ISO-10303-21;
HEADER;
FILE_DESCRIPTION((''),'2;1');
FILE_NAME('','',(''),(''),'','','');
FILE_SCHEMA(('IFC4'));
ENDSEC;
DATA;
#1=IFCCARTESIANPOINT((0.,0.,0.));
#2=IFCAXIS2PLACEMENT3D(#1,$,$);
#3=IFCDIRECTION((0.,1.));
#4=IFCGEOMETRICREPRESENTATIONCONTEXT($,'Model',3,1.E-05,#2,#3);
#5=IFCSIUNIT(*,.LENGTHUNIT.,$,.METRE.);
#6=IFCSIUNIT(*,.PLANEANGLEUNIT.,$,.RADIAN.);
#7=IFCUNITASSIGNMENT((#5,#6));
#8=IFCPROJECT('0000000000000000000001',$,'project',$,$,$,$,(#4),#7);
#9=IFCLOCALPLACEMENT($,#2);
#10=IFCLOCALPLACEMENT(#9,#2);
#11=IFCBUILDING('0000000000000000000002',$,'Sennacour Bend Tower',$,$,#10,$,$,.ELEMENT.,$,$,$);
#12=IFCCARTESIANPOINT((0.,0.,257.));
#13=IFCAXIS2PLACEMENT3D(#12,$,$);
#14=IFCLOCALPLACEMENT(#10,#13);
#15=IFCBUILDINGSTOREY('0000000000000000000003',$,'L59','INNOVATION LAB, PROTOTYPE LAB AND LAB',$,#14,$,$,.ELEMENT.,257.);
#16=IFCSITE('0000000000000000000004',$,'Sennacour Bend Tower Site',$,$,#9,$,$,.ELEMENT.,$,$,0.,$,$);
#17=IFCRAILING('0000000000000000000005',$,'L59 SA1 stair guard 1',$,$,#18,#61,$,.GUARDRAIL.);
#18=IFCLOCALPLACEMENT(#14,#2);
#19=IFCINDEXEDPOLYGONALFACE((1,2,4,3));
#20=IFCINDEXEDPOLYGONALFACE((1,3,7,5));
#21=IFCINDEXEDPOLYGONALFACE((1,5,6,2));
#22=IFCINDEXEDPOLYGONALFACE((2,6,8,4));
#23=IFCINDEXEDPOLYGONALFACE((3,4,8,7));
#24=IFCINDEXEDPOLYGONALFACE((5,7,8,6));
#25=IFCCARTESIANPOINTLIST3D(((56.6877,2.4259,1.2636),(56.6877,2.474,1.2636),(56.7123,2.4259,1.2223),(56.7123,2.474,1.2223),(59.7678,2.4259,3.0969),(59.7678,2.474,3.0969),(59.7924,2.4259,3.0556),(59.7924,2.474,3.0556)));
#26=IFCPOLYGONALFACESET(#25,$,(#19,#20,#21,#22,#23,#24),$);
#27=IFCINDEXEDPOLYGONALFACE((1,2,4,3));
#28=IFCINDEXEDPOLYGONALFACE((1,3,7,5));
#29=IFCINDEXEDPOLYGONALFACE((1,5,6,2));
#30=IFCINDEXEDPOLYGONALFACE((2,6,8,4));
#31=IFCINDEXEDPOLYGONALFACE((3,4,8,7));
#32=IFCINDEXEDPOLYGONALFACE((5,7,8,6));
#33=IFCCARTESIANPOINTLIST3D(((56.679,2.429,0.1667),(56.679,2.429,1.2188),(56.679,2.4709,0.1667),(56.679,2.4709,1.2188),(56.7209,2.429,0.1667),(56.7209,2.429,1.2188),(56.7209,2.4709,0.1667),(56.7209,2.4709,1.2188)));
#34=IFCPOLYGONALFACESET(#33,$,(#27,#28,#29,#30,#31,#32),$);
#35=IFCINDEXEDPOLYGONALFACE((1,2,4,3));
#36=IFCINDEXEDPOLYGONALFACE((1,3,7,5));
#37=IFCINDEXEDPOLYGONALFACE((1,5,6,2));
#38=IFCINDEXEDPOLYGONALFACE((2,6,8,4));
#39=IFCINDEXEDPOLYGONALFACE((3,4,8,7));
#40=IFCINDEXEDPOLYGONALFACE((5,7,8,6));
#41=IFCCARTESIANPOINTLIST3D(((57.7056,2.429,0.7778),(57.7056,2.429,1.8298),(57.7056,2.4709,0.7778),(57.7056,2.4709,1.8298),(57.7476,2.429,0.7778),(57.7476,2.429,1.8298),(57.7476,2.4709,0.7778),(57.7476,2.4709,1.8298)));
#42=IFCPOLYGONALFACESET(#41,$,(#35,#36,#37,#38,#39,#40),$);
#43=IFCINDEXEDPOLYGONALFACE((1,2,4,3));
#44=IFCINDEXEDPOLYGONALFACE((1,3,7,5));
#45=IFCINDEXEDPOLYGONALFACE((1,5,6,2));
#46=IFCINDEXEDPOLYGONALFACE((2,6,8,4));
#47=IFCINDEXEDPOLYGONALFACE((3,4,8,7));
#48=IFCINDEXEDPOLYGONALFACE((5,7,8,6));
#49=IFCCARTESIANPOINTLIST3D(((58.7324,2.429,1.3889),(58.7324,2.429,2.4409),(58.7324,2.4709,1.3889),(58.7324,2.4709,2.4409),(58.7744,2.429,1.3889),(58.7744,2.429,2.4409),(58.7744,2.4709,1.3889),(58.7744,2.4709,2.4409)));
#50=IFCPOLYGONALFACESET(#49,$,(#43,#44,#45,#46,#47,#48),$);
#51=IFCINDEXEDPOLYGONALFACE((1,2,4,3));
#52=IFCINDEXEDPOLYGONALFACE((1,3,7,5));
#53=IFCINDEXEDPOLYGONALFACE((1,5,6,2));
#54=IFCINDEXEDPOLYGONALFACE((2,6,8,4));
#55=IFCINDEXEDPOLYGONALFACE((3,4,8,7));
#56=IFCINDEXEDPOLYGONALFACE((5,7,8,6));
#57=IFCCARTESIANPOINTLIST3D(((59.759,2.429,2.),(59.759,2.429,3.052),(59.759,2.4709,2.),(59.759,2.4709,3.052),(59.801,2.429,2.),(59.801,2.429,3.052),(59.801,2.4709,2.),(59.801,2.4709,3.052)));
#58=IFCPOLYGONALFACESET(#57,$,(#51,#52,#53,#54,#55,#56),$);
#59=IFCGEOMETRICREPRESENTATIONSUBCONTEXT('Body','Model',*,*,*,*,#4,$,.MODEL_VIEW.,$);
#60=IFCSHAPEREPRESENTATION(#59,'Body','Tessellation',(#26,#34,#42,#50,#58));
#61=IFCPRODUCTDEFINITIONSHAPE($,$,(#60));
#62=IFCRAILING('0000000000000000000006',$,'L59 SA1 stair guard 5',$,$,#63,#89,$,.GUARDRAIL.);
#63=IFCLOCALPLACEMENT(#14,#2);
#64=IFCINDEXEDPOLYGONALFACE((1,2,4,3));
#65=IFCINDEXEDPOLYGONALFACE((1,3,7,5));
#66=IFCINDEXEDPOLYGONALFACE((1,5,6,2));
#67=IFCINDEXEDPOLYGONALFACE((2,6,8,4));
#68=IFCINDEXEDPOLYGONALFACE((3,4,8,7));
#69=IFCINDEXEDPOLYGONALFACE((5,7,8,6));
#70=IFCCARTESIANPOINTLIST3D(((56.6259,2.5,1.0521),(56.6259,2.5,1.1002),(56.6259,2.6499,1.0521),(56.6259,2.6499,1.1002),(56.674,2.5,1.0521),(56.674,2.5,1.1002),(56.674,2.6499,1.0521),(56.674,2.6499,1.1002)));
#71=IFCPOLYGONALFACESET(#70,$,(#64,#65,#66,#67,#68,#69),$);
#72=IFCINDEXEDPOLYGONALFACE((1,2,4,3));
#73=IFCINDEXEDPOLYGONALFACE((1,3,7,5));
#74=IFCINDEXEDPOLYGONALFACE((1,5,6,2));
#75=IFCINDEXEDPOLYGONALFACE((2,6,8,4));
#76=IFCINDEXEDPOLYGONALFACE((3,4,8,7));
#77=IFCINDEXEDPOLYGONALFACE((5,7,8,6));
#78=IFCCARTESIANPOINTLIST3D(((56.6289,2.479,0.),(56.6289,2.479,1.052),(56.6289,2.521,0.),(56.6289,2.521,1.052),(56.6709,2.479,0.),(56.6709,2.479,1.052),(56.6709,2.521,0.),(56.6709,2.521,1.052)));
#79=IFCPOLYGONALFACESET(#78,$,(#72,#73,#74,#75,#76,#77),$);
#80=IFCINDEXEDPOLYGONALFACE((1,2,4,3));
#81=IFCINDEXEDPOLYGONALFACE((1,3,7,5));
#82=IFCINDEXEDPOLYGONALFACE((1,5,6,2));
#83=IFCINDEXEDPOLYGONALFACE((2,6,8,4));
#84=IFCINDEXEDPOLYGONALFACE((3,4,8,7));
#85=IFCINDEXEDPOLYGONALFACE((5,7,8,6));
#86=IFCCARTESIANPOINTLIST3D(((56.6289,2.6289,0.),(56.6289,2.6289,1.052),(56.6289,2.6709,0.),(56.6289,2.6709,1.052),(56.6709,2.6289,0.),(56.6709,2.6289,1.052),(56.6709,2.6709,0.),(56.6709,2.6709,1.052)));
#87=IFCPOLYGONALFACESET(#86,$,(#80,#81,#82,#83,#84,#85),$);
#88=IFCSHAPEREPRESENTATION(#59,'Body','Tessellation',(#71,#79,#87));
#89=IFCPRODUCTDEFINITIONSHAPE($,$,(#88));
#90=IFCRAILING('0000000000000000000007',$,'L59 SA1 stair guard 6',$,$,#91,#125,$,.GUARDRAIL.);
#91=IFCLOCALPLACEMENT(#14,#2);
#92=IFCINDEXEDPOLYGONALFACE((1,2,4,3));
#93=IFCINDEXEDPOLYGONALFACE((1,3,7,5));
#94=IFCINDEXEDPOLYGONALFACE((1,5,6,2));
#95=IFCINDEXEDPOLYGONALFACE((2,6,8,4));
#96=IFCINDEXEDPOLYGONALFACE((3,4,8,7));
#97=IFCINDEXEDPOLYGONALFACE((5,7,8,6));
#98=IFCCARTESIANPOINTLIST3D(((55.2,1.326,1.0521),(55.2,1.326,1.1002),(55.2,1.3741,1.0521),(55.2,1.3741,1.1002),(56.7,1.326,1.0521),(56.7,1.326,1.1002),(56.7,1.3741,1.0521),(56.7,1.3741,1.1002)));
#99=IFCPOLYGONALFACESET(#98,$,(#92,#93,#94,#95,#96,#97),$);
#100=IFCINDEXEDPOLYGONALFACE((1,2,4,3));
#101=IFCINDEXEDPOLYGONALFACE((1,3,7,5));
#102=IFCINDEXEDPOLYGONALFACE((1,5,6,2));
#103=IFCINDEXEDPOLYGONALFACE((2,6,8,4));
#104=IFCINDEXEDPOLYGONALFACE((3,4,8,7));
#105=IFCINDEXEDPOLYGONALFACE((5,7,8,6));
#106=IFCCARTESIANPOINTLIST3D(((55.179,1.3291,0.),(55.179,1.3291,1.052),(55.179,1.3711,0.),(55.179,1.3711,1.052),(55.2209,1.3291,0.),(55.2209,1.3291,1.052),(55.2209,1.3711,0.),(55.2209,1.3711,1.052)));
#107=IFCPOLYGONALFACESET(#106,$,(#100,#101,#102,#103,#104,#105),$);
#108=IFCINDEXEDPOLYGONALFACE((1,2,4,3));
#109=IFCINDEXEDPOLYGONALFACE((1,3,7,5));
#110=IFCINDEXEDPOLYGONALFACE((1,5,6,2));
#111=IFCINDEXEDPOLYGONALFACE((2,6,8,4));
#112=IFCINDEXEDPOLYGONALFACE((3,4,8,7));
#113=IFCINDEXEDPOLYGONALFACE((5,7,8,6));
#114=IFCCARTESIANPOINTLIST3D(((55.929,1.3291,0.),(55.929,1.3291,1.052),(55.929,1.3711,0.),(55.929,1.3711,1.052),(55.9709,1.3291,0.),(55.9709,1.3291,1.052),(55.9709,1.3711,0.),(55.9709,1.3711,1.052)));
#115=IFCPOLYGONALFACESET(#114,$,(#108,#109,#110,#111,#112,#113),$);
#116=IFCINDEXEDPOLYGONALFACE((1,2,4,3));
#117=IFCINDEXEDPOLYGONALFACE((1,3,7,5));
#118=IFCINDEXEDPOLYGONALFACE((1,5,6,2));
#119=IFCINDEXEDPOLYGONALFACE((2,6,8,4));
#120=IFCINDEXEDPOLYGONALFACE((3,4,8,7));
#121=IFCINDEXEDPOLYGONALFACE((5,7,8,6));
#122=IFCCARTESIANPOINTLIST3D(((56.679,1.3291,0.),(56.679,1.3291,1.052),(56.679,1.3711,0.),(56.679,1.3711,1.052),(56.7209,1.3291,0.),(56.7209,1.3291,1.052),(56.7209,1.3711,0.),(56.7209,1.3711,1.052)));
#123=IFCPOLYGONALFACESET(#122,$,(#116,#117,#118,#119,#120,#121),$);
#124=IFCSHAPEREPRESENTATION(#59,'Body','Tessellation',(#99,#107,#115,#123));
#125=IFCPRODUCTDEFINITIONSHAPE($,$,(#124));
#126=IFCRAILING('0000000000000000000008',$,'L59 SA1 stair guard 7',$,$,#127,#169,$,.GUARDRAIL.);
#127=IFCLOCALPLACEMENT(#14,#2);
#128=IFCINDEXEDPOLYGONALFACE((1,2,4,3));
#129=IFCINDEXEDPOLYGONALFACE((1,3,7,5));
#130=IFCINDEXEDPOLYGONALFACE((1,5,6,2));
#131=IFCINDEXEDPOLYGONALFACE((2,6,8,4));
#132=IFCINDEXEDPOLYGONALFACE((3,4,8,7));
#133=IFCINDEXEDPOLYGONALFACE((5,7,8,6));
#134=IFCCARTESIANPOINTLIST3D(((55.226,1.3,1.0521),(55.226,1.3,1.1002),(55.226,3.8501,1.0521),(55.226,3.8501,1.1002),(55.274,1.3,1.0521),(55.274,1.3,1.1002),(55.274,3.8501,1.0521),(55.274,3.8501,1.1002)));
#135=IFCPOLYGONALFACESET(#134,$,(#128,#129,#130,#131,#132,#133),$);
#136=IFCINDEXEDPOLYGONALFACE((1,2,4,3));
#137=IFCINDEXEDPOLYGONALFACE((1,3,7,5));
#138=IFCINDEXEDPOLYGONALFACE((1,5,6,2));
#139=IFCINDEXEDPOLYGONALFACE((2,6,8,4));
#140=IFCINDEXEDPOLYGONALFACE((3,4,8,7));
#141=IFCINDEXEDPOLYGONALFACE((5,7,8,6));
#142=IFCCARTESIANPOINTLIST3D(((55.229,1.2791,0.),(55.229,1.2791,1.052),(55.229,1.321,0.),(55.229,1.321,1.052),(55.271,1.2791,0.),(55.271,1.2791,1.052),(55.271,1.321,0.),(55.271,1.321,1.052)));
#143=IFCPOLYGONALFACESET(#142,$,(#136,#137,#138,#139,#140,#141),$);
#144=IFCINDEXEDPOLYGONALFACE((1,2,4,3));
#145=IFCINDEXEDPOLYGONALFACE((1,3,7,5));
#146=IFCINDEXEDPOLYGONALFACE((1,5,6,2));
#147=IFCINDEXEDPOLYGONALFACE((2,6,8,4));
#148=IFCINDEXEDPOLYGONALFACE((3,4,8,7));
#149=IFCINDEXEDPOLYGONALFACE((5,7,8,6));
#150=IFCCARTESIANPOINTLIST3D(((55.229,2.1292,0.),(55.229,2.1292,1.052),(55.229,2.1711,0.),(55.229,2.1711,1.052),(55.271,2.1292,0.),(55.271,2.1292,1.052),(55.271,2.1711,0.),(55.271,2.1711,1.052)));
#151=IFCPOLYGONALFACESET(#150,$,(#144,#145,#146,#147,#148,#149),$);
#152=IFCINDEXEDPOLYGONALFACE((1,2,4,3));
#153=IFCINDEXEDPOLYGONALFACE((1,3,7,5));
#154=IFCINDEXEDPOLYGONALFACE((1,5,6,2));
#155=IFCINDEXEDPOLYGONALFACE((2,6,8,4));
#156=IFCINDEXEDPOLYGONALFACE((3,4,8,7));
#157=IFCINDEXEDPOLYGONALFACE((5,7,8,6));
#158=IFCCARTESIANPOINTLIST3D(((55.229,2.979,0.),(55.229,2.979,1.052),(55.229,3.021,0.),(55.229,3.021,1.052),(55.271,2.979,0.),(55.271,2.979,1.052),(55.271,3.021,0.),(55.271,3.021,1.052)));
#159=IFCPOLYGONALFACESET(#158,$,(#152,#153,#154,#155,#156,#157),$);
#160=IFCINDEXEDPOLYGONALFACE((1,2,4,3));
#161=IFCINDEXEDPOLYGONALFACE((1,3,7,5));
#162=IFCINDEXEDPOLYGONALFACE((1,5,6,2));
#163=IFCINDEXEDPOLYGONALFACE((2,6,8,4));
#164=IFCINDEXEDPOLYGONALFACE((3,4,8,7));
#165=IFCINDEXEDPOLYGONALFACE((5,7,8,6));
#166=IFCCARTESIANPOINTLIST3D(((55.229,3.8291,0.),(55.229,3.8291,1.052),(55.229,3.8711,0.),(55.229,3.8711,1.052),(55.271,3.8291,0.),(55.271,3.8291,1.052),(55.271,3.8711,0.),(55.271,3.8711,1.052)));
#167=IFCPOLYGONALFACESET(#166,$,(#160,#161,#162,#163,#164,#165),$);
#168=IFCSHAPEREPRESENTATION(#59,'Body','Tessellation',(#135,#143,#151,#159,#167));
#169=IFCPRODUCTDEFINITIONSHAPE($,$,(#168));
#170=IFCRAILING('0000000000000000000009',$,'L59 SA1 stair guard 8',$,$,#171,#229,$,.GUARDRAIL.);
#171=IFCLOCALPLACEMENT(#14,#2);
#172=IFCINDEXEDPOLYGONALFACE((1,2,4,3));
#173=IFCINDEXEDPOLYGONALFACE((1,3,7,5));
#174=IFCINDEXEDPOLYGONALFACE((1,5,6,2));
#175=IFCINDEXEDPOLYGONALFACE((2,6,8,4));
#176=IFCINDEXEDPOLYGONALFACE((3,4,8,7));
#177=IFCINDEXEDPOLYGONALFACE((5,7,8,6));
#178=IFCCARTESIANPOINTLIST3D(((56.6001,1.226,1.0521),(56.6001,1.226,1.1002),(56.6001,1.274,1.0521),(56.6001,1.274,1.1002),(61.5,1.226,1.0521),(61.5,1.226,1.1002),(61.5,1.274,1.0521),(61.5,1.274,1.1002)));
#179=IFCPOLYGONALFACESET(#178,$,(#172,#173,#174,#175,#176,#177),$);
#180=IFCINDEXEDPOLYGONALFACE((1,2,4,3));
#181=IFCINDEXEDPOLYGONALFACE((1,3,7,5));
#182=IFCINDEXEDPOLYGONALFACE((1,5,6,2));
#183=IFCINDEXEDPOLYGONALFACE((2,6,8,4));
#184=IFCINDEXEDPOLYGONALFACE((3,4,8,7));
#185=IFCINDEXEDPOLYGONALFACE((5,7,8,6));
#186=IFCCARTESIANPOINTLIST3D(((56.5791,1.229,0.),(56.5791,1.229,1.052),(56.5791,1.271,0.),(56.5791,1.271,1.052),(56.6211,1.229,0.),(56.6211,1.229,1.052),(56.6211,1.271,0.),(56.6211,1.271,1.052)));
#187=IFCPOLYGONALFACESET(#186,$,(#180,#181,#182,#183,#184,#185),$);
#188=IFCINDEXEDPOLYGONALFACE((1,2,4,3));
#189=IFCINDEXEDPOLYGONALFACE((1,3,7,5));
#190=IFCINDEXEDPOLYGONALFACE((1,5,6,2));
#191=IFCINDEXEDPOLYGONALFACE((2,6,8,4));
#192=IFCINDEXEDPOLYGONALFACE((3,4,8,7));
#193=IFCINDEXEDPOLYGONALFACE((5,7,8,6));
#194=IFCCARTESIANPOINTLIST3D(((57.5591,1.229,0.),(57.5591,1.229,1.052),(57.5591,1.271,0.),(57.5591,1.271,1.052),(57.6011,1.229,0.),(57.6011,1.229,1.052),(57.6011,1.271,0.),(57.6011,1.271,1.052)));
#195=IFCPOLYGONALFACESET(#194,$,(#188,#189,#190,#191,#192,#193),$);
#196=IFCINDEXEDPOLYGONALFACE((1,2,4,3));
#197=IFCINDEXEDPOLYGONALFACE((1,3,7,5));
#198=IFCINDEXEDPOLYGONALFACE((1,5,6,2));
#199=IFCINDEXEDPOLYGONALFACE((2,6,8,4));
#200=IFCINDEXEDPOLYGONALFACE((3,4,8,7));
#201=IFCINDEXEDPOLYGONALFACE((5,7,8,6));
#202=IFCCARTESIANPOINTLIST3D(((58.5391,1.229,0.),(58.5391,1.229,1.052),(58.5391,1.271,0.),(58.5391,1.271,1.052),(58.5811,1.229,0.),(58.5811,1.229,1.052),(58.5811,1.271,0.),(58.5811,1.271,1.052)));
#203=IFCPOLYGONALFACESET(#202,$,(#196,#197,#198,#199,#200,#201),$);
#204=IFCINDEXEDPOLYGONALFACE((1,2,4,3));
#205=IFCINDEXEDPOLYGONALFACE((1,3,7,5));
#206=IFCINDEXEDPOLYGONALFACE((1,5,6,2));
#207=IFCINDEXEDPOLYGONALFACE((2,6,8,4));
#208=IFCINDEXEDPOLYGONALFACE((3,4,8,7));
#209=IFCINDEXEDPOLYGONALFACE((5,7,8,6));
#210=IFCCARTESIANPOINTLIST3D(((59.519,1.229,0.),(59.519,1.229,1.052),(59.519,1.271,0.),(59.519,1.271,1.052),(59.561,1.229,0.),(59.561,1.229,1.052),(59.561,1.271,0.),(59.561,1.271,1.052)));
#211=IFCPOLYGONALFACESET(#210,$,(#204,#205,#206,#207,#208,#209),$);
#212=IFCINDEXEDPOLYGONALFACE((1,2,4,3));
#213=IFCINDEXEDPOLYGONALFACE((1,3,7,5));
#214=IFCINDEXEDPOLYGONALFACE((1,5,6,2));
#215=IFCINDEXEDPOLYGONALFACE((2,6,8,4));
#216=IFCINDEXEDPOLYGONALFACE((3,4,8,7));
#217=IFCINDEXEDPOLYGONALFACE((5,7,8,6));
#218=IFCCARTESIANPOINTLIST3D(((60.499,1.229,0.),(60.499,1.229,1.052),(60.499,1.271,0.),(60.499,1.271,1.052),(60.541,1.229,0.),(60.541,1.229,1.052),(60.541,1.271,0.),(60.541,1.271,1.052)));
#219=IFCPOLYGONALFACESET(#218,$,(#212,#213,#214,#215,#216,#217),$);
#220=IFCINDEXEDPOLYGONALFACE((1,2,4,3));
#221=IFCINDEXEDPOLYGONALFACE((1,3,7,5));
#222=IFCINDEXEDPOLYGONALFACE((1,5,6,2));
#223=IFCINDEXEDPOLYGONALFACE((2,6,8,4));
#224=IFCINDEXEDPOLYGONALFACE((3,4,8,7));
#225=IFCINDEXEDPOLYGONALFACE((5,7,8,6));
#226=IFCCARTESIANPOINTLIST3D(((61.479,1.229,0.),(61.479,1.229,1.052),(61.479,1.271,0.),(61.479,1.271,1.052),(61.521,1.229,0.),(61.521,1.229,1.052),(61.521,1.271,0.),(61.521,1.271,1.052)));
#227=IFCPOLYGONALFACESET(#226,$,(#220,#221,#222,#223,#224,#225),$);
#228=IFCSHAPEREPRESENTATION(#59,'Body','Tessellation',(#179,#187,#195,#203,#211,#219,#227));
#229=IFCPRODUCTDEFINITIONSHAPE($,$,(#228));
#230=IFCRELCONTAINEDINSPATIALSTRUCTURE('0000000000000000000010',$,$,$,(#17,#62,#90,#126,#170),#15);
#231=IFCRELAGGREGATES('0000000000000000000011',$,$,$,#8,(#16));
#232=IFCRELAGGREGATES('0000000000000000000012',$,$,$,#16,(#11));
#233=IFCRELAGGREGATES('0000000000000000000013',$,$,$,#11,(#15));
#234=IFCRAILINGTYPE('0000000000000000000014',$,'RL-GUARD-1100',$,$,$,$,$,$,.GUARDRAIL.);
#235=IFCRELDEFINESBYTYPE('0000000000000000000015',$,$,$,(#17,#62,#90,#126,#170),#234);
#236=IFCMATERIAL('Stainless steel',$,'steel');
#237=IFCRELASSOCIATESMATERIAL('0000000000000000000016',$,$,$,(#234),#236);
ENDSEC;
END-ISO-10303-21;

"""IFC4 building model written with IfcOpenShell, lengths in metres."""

from ifc_helpers import new_model, si_unit, direction, frame, origin, origin_2d, place, context, subcontext, project, spatial, rectangle, extrude, material, type_object, element, save


model = new_model("IFC4")

# Units and contexts
model_context = context("Model", 3, precision=1e-05, world=origin(), true_north=direction((0.0, 1.0)))
body_context = subcontext(model_context, "Body", "Model", "MODEL_VIEW")
ifc_project = project(units=[si_unit("LENGTHUNIT", "METRE"), si_unit("PLANEANGLEUNIT", "RADIAN")], contexts=[model_context])

# Site, building, storey
site_placement = place(None, origin())
site = spatial("IfcSite", under=ifc_project, at=site_placement, Name="Sennacour Bend Tower Site", CompositionType="ELEMENT", RefElevation=0.0)
building_placement = place(site_placement, origin())
building = spatial("IfcBuilding", under=site, at=building_placement, Name="Sennacour Bend Tower", CompositionType="ELEMENT")
storey_placement = place(building_placement, frame((0.0, 0.0, 257.0)))
storey = spatial("IfcBuildingStorey", under=building, at=storey_placement, Name="L59", Description="INNOVATION LAB, PROTOTYPE LAB AND LAB", CompositionType="ELEMENT", Elevation=257.0)

# Shared definitions
ifc_material_1 = material(Name="Stainless steel", Category="steel")

# Railings
railing_type_1 = type_object("IfcRailingType", Name="RL-GUARD-1100", PredefinedType="GUARDRAIL", material=ifc_material_1)
railing_1_placement = place(storey_placement, frame((56.7, 2.45, 0.1667)))
element("IfcRailing", 1, at=railing_1_placement, inside=storey, type_object=railing_type_1, Name="L59 SA1 stair guard 1", PredefinedType="GUARDRAIL", context=body_context, shape_type="SweptSolid", body=[
    extrude(rectangle(XDim=0.0481, YDim=0.0481, at=origin_2d()), frame((0.0, 0.0, 1.0762), z_axis=(0.859309, 0.0, 0.511458), x_axis=(0.0, 1.0, 0.0)), (0.0, 0.0, 1.0), 3.5845),
    extrude(rectangle(XDim=0.042, YDim=0.042, at=origin_2d()), origin(), (0.0, 0.0, 1.0), 1.052),
    extrude(rectangle(XDim=0.042, YDim=0.042, at=origin_2d()), frame((1.0266, 0.0, 0.6111)), (0.0, 0.0, 1.0), 1.052),
    extrude(rectangle(XDim=0.042, YDim=0.042, at=origin_2d()), frame((2.0535, 0.0, 1.2222)), (0.0, 0.0, 1.0), 1.052),
    extrude(rectangle(XDim=0.042, YDim=0.042, at=origin_2d()), frame((3.0801, 0.0, 1.8333)), (0.0, 0.0, 1.0), 1.052),
])
railing_2_placement = place(storey_placement, frame((56.6499, 2.5, 0.0)))
element("IfcRailing", 2, at=railing_2_placement, inside=storey, type_object=railing_type_1, Name="L59 SA1 stair guard 5", PredefinedType="GUARDRAIL", context=body_context, shape_type="SweptSolid", body=[
    extrude(rectangle(XDim=0.0481, YDim=0.0481, at=origin_2d()), frame((0.0, 0.0, 1.0762), z_axis=(0.0, 1.0, 0.0), x_axis=(-1.0, 0.0, 0.0)), (0.0, 0.0, 1.0), 0.1499),
    extrude(rectangle(XDim=0.042, YDim=0.042, at=origin_2d()), origin(), (0.0, 0.0, 1.0), 1.052),
    extrude(rectangle(XDim=0.042, YDim=0.042, at=origin_2d()), frame((0.0, 0.1499, 0.0)), (0.0, 0.0, 1.0), 1.052),
])
railing_3_placement = place(storey_placement, frame((55.2, 1.3501, 0.0)))
element("IfcRailing", 3, at=railing_3_placement, inside=storey, type_object=railing_type_1, Name="L59 SA1 stair guard 6", PredefinedType="GUARDRAIL", context=body_context, shape_type="SweptSolid", body=[
    extrude(rectangle(XDim=0.0481, YDim=0.0481, at=origin_2d()), frame((0.0, 0.0, 1.0762), z_axis=(1.0, 0.0, 0.0), x_axis=(0.0, 1.0, 0.0)), (0.0, 0.0, 1.0), 1.5),
    extrude(rectangle(XDim=0.042, YDim=0.042, at=origin_2d()), origin(), (0.0, 0.0, 1.0), 1.052),
    extrude(rectangle(XDim=0.042, YDim=0.042, at=origin_2d()), frame((0.75, 0.0, 0.0)), (0.0, 0.0, 1.0), 1.052),
    extrude(rectangle(XDim=0.042, YDim=0.042, at=origin_2d()), frame((1.5, 0.0, 0.0)), (0.0, 0.0, 1.0), 1.052),
])
railing_4_placement = place(storey_placement, frame((55.25, 1.3, 0.0)))
element("IfcRailing", 4, at=railing_4_placement, inside=storey, type_object=railing_type_1, Name="L59 SA1 stair guard 7", PredefinedType="GUARDRAIL", context=body_context, shape_type="SweptSolid", body=[
    extrude(rectangle(XDim=0.0481, YDim=0.0481, at=origin_2d()), frame((0.0, 0.0, 1.0762), z_axis=(0.0, 1.0, 0.0), x_axis=(-1.0, 0.0, 0.0)), (0.0, 0.0, 1.0), 2.55),
    extrude(rectangle(XDim=0.042, YDim=0.042, at=origin_2d()), origin(), (0.0, 0.0, 1.0), 1.052),
    extrude(rectangle(XDim=0.042, YDim=0.042, at=origin_2d()), frame((0.0, 0.8501, 0.0)), (0.0, 0.0, 1.0), 1.052),
    extrude(rectangle(XDim=0.042, YDim=0.042, at=origin_2d()), frame((0.0, 1.7, 0.0)), (0.0, 0.0, 1.0), 1.052),
    extrude(rectangle(XDim=0.042, YDim=0.042, at=origin_2d()), frame((0.0, 2.55, 0.0)), (0.0, 0.0, 1.0), 1.052),
])
railing_5_placement = place(storey_placement, frame((56.6001, 1.25, 0.0)))
element("IfcRailing", 5, at=railing_5_placement, inside=storey, type_object=railing_type_1, Name="L59 SA1 stair guard 8", PredefinedType="GUARDRAIL", context=body_context, shape_type="SweptSolid", body=[
    extrude(rectangle(XDim=0.0481, YDim=0.0481, at=origin_2d()), frame((0.0, 0.0, 1.0762), z_axis=(1.0, 0.0, 0.0), x_axis=(0.0, 1.0, 0.0)), (0.0, 0.0, 1.0), 4.8999),
    extrude(rectangle(XDim=0.042, YDim=0.042, at=origin_2d()), origin(), (0.0, 0.0, 1.0), 1.052),
    extrude(rectangle(XDim=0.042, YDim=0.042, at=origin_2d()), frame((0.98, 0.0, 0.0)), (0.0, 0.0, 1.0), 1.052),
    extrude(rectangle(XDim=0.042, YDim=0.042, at=origin_2d()), frame((1.96, 0.0, 0.0)), (0.0, 0.0, 1.0), 1.052),
    extrude(rectangle(XDim=0.042, YDim=0.042, at=origin_2d()), frame((2.9399, 0.0, 0.0)), (0.0, 0.0, 1.0), 1.052),
    extrude(rectangle(XDim=0.042, YDim=0.042, at=origin_2d()), frame((3.9199, 0.0, 0.0)), (0.0, 0.0, 1.0), 1.052),
    extrude(rectangle(XDim=0.042, YDim=0.042, at=origin_2d()), frame((4.8999, 0.0, 0.0)), (0.0, 0.0, 1.0), 1.052),
])

save(model, "model.ifc")
